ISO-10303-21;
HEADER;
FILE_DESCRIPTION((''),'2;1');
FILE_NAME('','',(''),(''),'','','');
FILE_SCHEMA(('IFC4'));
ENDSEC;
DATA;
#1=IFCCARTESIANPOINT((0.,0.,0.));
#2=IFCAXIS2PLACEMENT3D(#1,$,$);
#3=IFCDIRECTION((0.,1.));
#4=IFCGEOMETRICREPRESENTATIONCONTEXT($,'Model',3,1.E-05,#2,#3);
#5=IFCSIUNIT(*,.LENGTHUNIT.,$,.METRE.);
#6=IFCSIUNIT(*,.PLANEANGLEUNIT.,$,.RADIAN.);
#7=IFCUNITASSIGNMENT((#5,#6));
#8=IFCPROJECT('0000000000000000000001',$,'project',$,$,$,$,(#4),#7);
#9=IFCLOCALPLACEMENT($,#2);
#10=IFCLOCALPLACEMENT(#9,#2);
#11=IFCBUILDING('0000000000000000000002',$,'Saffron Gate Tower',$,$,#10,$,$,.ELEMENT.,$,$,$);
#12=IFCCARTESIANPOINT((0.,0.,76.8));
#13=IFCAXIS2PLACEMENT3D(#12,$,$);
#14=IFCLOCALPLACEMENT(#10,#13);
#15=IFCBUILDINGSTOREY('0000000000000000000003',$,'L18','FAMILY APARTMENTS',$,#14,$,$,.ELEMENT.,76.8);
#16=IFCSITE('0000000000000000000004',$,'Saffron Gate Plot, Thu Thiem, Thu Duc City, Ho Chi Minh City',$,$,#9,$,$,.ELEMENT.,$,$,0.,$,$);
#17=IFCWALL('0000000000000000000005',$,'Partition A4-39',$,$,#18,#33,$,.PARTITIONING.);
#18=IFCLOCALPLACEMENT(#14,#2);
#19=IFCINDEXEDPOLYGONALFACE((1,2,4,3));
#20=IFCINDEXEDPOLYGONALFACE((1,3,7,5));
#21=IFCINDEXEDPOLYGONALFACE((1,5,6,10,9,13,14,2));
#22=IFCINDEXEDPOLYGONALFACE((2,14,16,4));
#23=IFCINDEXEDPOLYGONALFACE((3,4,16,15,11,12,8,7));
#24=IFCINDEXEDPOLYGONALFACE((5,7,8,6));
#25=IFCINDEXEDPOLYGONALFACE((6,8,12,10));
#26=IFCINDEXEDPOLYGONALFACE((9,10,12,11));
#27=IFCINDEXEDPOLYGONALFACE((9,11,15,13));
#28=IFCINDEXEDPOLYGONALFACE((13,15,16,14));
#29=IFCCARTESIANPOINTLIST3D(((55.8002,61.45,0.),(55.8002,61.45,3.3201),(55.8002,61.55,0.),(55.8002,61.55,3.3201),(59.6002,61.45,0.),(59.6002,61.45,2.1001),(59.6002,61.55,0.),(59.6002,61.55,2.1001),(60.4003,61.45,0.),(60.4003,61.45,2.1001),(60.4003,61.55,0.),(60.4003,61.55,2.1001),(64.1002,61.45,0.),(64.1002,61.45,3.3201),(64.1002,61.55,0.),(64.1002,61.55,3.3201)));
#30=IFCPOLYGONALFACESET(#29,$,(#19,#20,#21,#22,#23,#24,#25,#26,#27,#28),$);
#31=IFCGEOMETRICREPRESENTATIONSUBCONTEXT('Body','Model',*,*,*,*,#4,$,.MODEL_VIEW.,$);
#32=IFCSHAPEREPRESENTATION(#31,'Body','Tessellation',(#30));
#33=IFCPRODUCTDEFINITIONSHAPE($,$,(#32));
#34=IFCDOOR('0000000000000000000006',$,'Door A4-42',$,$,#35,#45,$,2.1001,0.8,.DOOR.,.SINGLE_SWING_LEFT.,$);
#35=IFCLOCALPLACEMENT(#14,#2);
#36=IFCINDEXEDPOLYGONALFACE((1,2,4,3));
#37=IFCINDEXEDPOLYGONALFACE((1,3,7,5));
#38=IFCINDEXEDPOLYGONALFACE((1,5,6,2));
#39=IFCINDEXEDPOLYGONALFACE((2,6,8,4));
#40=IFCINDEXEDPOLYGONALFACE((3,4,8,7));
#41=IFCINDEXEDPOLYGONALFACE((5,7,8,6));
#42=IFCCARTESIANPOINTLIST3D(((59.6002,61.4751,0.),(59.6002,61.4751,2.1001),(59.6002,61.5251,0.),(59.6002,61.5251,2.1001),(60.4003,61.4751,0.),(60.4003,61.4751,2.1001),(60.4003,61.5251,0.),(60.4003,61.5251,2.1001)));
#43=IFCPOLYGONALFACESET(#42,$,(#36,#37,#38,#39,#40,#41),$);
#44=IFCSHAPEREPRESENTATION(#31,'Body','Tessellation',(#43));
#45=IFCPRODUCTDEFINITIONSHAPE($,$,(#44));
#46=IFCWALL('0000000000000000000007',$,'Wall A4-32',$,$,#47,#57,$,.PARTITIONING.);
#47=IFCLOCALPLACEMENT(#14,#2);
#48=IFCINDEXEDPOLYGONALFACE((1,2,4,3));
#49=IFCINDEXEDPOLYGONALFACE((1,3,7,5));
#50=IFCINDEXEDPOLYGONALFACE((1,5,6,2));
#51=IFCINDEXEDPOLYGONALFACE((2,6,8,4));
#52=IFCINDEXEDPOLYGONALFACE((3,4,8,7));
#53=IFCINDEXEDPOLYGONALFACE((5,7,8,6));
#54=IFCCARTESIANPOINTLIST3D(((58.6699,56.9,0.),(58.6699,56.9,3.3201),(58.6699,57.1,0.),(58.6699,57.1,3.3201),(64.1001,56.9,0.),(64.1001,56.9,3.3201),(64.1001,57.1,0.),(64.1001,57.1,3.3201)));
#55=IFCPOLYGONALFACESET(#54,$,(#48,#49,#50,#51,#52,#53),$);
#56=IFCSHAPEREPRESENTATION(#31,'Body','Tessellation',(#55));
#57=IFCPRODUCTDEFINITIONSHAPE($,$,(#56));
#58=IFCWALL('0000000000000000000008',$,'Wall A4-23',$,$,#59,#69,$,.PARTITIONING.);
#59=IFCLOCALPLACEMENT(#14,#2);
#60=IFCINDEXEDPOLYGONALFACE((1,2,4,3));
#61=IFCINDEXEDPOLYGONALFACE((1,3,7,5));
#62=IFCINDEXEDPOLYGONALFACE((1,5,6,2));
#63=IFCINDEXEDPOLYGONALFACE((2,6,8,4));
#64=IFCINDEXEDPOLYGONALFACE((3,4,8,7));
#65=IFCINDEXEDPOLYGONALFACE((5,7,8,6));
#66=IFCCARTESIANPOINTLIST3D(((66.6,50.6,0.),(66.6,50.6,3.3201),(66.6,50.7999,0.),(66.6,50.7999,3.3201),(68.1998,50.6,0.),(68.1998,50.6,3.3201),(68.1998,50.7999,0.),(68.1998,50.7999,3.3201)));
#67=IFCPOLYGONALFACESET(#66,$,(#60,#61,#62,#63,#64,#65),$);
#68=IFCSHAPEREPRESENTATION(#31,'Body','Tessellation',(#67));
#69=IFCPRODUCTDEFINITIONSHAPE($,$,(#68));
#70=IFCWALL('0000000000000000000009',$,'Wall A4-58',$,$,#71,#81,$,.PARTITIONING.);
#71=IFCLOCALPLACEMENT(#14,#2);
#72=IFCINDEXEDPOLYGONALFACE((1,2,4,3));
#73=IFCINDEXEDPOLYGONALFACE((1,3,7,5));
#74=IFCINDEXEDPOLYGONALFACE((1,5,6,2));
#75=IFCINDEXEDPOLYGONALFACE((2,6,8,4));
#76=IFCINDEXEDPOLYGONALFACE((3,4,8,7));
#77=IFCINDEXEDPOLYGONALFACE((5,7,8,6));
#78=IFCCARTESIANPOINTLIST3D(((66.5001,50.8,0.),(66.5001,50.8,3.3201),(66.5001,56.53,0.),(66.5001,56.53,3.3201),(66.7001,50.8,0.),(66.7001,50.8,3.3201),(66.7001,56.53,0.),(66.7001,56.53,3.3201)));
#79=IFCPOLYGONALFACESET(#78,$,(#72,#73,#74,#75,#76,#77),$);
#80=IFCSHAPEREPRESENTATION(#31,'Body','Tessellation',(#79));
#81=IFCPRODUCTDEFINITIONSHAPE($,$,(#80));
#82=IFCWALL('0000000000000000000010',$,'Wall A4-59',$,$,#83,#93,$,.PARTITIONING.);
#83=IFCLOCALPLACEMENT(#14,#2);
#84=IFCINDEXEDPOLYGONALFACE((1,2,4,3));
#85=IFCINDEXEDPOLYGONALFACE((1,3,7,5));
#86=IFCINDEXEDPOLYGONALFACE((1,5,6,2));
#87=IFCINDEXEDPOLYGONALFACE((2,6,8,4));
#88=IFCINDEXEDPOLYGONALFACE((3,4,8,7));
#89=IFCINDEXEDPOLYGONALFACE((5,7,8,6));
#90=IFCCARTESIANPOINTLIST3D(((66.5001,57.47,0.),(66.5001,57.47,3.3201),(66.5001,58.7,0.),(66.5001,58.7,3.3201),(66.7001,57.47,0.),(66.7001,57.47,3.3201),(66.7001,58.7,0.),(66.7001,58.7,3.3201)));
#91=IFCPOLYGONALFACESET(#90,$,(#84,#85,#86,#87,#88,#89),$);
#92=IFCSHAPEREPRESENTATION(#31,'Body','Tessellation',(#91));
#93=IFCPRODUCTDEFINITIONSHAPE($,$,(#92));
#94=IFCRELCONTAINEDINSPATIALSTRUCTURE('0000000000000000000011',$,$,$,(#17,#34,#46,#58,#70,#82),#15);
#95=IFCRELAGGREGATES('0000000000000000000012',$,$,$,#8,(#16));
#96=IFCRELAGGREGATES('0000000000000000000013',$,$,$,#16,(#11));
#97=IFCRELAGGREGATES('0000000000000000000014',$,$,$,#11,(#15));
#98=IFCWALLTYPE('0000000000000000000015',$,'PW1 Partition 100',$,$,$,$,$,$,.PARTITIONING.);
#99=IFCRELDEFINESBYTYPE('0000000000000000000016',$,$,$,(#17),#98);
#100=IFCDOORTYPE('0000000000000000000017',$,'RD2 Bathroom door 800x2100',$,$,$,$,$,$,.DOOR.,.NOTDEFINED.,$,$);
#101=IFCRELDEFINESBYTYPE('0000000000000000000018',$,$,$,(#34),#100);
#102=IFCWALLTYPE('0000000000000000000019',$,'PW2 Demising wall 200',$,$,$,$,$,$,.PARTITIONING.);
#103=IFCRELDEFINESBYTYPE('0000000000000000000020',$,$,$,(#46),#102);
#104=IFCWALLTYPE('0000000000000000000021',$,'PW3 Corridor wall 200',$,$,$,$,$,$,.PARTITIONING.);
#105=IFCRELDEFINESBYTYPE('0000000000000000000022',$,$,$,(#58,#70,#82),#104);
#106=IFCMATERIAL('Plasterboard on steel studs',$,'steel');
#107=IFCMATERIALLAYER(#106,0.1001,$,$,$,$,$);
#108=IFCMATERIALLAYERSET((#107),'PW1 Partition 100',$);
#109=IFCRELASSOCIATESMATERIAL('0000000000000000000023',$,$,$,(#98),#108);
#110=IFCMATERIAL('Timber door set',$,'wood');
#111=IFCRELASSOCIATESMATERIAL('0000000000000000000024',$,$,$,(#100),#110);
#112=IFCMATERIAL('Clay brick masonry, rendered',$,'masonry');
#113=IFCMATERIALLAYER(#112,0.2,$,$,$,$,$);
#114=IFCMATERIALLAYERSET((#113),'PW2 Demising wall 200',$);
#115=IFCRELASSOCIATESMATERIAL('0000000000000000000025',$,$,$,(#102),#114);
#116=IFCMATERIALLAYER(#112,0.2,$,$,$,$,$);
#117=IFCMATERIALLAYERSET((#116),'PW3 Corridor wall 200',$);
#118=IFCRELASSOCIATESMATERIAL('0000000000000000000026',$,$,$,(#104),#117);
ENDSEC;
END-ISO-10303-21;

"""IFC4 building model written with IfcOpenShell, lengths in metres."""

from ifc_helpers import new_model, si_unit, direction, frame, frame_2d, origin, place, context, subcontext, project, spatial, rectangle, extrude, material, layer, layer_set, type_object, element, fill, save


model = new_model("IFC4")

# Units and contexts
model_context = context("Model", 3, precision=1e-05, world=origin(), true_north=direction((0.0, 1.0)))
body_context = subcontext(model_context, "Body", "Model", "MODEL_VIEW")
ifc_project = project(units=[si_unit("LENGTHUNIT", "METRE"), si_unit("PLANEANGLEUNIT", "RADIAN")], contexts=[model_context])

# Site, building, storey
site_placement = place(None, origin())
site = spatial("IfcSite", under=ifc_project, at=site_placement, Name="Saffron Gate Plot, Thu Thiem, Thu Duc City, Ho Chi Minh City", CompositionType="ELEMENT", RefElevation=0.0)
building_placement = place(site_placement, origin())
building = spatial("IfcBuilding", under=site, at=building_placement, Name="Saffron Gate Tower", CompositionType="ELEMENT")
storey_placement = place(building_placement, frame((0.0, 0.0, 76.8)))
storey = spatial("IfcBuildingStorey", under=building, at=storey_placement, Name="L18", Description="FAMILY APARTMENTS", CompositionType="ELEMENT", Elevation=76.8)

# Wall, opening, door
ifc_material_1 = material(Name="Plasterboard on steel studs", Category="steel")
ifc_layer_1 = layer(ifc_material_1, 0.1001)
ifc_layer_set_1 = layer_set([ifc_layer_1], Name="PW1 Partition 100")
wall_type_1 = type_object("IfcWallType", Name="PW1 Partition 100", PredefinedType="PARTITIONING", material=ifc_layer_set_1)
ifc_material_2 = material(Name="Timber door set", Category="wood")
wall_1_placement = place(storey_placement, frame((64.1001, 61.5, 0.0), z_axis=(0.0, 0.0, 1.0), x_axis=(-1.0, 0.0, 0.0)))
wall_1 = element("IfcWall", 1, at=wall_1_placement, inside=storey, type_object=wall_type_1, Name="Partition A4-39", PredefinedType="PARTITIONING", context=body_context, shape_type="SweptSolid", body=[
    extrude(rectangle(XDim=8.3, YDim=0.1001, at=frame_2d((4.1499, 0.0))), origin(), (0.0, 0.0, 1.0), 3.3201),
])
opening_1_placement = place(wall_1_placement, frame((3.7, 0.0, 0.0)))
opening_1 = element("IfcOpeningElement", 2, at=opening_1_placement, cuts=wall_1, PredefinedType="OPENING", context=body_context, shape_type="SweptSolid", body=[
    extrude(rectangle(XDim=0.8, YDim=2.1001, at=frame_2d((0.3999, 1.05))), frame((0.0, 0.0601, 0.0), z_axis=(0.0, -1.0, 0.0), x_axis=(1.0, 0.0, 0.0)), (0.0, 0.0, 1.0), 0.1201),
])
door_type_1 = type_object("IfcDoorType", Name="RD2 Bathroom door 800x2100", OperationType="NOTDEFINED", PredefinedType="DOOR", material=ifc_material_2)
door_1_placement = place(opening_1_placement, origin())
door_1 = element("IfcDoor", 3, at=door_1_placement, inside=storey, type_object=door_type_1, Name="Door A4-42", OperationType="SINGLE_SWING_LEFT", OverallHeight=2.1001, OverallWidth=0.8, PredefinedType="DOOR", context=body_context, shape_type="SweptSolid", body=[
    extrude(rectangle(XDim=0.8, YDim=2.1001, at=frame_2d((0.3999, 1.05))), frame((0.0, 0.0249, 0.0), z_axis=(0.0, -1.0, 0.0), x_axis=(1.0, 0.0, 0.0)), (0.0, 0.0, 1.0), 0.05),
])
fill(opening_1, door_1)

# Walls
ifc_material_3 = material(Name="Clay brick masonry, rendered", Category="masonry")
ifc_layer_2 = layer(ifc_material_3, 0.2)
ifc_layer_set_2 = layer_set([ifc_layer_2], Name="PW2 Demising wall 200")
wall_type_2 = type_object("IfcWallType", Name="PW2 Demising wall 200", PredefinedType="PARTITIONING", material=ifc_layer_set_2)
wall_2_placement = place(storey_placement, frame((58.6699, 57.0, 0.0), z_axis=(0.0, 0.0, 1.0), x_axis=(1.0, 0.0, 0.0)))
element("IfcWall", 4, at=wall_2_placement, inside=storey, type_object=wall_type_2, Name="Wall A4-32", PredefinedType="PARTITIONING", context=body_context, shape_type="SweptSolid", body=[
    extrude(rectangle(XDim=5.4302, YDim=0.2, at=frame_2d((2.7151, 0.0))), origin(), (0.0, 0.0, 1.0), 3.3201),
])
ifc_layer_3 = layer(ifc_material_3, 0.2)
ifc_layer_set_3 = layer_set([ifc_layer_3], Name="PW3 Corridor wall 200")
wall_type_3 = type_object("IfcWallType", Name="PW3 Corridor wall 200", PredefinedType="PARTITIONING", material=ifc_layer_set_3)
wall_3_placement = place(storey_placement, frame((66.6001, 50.7, 0.0), z_axis=(0.0, 0.0, 1.0), x_axis=(1.0, 0.0, 0.0)))
element("IfcWall", 5, at=wall_3_placement, inside=storey, type_object=wall_type_3, Name="Wall A4-23", PredefinedType="PARTITIONING", context=body_context, shape_type="SweptSolid", body=[
    extrude(rectangle(XDim=1.5999, YDim=0.2, at=frame_2d((0.7998, 0.0))), origin(), (0.0, 0.0, 1.0), 3.3201),
])
wall_4_placement = place(storey_placement, frame((66.6001, 56.53, 0.0), z_axis=(0.0, 0.0, 1.0), x_axis=(0.0, -1.0, 0.0)))
element("IfcWall", 6, at=wall_4_placement, inside=storey, type_object=wall_type_3, Name="Wall A4-58", PredefinedType="PARTITIONING", context=body_context, shape_type="SweptSolid", body=[
    extrude(rectangle(XDim=5.73, YDim=0.2, at=frame_2d((2.865, 0.0))), origin(), (0.0, 0.0, 1.0), 3.3201),
])
wall_5_placement = place(storey_placement, frame((66.6001, 58.7, 0.0), z_axis=(0.0, 0.0, 1.0), x_axis=(0.0, -1.0, 0.0)))
element("IfcWall", 7, at=wall_5_placement, inside=storey, type_object=wall_type_3, Name="Wall A4-59", PredefinedType="PARTITIONING", context=body_context, shape_type="SweptSolid", body=[
    extrude(rectangle(XDim=1.23, YDim=0.2, at=frame_2d((0.615, 0.0))), origin(), (0.0, 0.0, 1.0), 3.3201),
])

save(model, "model.ifc")
